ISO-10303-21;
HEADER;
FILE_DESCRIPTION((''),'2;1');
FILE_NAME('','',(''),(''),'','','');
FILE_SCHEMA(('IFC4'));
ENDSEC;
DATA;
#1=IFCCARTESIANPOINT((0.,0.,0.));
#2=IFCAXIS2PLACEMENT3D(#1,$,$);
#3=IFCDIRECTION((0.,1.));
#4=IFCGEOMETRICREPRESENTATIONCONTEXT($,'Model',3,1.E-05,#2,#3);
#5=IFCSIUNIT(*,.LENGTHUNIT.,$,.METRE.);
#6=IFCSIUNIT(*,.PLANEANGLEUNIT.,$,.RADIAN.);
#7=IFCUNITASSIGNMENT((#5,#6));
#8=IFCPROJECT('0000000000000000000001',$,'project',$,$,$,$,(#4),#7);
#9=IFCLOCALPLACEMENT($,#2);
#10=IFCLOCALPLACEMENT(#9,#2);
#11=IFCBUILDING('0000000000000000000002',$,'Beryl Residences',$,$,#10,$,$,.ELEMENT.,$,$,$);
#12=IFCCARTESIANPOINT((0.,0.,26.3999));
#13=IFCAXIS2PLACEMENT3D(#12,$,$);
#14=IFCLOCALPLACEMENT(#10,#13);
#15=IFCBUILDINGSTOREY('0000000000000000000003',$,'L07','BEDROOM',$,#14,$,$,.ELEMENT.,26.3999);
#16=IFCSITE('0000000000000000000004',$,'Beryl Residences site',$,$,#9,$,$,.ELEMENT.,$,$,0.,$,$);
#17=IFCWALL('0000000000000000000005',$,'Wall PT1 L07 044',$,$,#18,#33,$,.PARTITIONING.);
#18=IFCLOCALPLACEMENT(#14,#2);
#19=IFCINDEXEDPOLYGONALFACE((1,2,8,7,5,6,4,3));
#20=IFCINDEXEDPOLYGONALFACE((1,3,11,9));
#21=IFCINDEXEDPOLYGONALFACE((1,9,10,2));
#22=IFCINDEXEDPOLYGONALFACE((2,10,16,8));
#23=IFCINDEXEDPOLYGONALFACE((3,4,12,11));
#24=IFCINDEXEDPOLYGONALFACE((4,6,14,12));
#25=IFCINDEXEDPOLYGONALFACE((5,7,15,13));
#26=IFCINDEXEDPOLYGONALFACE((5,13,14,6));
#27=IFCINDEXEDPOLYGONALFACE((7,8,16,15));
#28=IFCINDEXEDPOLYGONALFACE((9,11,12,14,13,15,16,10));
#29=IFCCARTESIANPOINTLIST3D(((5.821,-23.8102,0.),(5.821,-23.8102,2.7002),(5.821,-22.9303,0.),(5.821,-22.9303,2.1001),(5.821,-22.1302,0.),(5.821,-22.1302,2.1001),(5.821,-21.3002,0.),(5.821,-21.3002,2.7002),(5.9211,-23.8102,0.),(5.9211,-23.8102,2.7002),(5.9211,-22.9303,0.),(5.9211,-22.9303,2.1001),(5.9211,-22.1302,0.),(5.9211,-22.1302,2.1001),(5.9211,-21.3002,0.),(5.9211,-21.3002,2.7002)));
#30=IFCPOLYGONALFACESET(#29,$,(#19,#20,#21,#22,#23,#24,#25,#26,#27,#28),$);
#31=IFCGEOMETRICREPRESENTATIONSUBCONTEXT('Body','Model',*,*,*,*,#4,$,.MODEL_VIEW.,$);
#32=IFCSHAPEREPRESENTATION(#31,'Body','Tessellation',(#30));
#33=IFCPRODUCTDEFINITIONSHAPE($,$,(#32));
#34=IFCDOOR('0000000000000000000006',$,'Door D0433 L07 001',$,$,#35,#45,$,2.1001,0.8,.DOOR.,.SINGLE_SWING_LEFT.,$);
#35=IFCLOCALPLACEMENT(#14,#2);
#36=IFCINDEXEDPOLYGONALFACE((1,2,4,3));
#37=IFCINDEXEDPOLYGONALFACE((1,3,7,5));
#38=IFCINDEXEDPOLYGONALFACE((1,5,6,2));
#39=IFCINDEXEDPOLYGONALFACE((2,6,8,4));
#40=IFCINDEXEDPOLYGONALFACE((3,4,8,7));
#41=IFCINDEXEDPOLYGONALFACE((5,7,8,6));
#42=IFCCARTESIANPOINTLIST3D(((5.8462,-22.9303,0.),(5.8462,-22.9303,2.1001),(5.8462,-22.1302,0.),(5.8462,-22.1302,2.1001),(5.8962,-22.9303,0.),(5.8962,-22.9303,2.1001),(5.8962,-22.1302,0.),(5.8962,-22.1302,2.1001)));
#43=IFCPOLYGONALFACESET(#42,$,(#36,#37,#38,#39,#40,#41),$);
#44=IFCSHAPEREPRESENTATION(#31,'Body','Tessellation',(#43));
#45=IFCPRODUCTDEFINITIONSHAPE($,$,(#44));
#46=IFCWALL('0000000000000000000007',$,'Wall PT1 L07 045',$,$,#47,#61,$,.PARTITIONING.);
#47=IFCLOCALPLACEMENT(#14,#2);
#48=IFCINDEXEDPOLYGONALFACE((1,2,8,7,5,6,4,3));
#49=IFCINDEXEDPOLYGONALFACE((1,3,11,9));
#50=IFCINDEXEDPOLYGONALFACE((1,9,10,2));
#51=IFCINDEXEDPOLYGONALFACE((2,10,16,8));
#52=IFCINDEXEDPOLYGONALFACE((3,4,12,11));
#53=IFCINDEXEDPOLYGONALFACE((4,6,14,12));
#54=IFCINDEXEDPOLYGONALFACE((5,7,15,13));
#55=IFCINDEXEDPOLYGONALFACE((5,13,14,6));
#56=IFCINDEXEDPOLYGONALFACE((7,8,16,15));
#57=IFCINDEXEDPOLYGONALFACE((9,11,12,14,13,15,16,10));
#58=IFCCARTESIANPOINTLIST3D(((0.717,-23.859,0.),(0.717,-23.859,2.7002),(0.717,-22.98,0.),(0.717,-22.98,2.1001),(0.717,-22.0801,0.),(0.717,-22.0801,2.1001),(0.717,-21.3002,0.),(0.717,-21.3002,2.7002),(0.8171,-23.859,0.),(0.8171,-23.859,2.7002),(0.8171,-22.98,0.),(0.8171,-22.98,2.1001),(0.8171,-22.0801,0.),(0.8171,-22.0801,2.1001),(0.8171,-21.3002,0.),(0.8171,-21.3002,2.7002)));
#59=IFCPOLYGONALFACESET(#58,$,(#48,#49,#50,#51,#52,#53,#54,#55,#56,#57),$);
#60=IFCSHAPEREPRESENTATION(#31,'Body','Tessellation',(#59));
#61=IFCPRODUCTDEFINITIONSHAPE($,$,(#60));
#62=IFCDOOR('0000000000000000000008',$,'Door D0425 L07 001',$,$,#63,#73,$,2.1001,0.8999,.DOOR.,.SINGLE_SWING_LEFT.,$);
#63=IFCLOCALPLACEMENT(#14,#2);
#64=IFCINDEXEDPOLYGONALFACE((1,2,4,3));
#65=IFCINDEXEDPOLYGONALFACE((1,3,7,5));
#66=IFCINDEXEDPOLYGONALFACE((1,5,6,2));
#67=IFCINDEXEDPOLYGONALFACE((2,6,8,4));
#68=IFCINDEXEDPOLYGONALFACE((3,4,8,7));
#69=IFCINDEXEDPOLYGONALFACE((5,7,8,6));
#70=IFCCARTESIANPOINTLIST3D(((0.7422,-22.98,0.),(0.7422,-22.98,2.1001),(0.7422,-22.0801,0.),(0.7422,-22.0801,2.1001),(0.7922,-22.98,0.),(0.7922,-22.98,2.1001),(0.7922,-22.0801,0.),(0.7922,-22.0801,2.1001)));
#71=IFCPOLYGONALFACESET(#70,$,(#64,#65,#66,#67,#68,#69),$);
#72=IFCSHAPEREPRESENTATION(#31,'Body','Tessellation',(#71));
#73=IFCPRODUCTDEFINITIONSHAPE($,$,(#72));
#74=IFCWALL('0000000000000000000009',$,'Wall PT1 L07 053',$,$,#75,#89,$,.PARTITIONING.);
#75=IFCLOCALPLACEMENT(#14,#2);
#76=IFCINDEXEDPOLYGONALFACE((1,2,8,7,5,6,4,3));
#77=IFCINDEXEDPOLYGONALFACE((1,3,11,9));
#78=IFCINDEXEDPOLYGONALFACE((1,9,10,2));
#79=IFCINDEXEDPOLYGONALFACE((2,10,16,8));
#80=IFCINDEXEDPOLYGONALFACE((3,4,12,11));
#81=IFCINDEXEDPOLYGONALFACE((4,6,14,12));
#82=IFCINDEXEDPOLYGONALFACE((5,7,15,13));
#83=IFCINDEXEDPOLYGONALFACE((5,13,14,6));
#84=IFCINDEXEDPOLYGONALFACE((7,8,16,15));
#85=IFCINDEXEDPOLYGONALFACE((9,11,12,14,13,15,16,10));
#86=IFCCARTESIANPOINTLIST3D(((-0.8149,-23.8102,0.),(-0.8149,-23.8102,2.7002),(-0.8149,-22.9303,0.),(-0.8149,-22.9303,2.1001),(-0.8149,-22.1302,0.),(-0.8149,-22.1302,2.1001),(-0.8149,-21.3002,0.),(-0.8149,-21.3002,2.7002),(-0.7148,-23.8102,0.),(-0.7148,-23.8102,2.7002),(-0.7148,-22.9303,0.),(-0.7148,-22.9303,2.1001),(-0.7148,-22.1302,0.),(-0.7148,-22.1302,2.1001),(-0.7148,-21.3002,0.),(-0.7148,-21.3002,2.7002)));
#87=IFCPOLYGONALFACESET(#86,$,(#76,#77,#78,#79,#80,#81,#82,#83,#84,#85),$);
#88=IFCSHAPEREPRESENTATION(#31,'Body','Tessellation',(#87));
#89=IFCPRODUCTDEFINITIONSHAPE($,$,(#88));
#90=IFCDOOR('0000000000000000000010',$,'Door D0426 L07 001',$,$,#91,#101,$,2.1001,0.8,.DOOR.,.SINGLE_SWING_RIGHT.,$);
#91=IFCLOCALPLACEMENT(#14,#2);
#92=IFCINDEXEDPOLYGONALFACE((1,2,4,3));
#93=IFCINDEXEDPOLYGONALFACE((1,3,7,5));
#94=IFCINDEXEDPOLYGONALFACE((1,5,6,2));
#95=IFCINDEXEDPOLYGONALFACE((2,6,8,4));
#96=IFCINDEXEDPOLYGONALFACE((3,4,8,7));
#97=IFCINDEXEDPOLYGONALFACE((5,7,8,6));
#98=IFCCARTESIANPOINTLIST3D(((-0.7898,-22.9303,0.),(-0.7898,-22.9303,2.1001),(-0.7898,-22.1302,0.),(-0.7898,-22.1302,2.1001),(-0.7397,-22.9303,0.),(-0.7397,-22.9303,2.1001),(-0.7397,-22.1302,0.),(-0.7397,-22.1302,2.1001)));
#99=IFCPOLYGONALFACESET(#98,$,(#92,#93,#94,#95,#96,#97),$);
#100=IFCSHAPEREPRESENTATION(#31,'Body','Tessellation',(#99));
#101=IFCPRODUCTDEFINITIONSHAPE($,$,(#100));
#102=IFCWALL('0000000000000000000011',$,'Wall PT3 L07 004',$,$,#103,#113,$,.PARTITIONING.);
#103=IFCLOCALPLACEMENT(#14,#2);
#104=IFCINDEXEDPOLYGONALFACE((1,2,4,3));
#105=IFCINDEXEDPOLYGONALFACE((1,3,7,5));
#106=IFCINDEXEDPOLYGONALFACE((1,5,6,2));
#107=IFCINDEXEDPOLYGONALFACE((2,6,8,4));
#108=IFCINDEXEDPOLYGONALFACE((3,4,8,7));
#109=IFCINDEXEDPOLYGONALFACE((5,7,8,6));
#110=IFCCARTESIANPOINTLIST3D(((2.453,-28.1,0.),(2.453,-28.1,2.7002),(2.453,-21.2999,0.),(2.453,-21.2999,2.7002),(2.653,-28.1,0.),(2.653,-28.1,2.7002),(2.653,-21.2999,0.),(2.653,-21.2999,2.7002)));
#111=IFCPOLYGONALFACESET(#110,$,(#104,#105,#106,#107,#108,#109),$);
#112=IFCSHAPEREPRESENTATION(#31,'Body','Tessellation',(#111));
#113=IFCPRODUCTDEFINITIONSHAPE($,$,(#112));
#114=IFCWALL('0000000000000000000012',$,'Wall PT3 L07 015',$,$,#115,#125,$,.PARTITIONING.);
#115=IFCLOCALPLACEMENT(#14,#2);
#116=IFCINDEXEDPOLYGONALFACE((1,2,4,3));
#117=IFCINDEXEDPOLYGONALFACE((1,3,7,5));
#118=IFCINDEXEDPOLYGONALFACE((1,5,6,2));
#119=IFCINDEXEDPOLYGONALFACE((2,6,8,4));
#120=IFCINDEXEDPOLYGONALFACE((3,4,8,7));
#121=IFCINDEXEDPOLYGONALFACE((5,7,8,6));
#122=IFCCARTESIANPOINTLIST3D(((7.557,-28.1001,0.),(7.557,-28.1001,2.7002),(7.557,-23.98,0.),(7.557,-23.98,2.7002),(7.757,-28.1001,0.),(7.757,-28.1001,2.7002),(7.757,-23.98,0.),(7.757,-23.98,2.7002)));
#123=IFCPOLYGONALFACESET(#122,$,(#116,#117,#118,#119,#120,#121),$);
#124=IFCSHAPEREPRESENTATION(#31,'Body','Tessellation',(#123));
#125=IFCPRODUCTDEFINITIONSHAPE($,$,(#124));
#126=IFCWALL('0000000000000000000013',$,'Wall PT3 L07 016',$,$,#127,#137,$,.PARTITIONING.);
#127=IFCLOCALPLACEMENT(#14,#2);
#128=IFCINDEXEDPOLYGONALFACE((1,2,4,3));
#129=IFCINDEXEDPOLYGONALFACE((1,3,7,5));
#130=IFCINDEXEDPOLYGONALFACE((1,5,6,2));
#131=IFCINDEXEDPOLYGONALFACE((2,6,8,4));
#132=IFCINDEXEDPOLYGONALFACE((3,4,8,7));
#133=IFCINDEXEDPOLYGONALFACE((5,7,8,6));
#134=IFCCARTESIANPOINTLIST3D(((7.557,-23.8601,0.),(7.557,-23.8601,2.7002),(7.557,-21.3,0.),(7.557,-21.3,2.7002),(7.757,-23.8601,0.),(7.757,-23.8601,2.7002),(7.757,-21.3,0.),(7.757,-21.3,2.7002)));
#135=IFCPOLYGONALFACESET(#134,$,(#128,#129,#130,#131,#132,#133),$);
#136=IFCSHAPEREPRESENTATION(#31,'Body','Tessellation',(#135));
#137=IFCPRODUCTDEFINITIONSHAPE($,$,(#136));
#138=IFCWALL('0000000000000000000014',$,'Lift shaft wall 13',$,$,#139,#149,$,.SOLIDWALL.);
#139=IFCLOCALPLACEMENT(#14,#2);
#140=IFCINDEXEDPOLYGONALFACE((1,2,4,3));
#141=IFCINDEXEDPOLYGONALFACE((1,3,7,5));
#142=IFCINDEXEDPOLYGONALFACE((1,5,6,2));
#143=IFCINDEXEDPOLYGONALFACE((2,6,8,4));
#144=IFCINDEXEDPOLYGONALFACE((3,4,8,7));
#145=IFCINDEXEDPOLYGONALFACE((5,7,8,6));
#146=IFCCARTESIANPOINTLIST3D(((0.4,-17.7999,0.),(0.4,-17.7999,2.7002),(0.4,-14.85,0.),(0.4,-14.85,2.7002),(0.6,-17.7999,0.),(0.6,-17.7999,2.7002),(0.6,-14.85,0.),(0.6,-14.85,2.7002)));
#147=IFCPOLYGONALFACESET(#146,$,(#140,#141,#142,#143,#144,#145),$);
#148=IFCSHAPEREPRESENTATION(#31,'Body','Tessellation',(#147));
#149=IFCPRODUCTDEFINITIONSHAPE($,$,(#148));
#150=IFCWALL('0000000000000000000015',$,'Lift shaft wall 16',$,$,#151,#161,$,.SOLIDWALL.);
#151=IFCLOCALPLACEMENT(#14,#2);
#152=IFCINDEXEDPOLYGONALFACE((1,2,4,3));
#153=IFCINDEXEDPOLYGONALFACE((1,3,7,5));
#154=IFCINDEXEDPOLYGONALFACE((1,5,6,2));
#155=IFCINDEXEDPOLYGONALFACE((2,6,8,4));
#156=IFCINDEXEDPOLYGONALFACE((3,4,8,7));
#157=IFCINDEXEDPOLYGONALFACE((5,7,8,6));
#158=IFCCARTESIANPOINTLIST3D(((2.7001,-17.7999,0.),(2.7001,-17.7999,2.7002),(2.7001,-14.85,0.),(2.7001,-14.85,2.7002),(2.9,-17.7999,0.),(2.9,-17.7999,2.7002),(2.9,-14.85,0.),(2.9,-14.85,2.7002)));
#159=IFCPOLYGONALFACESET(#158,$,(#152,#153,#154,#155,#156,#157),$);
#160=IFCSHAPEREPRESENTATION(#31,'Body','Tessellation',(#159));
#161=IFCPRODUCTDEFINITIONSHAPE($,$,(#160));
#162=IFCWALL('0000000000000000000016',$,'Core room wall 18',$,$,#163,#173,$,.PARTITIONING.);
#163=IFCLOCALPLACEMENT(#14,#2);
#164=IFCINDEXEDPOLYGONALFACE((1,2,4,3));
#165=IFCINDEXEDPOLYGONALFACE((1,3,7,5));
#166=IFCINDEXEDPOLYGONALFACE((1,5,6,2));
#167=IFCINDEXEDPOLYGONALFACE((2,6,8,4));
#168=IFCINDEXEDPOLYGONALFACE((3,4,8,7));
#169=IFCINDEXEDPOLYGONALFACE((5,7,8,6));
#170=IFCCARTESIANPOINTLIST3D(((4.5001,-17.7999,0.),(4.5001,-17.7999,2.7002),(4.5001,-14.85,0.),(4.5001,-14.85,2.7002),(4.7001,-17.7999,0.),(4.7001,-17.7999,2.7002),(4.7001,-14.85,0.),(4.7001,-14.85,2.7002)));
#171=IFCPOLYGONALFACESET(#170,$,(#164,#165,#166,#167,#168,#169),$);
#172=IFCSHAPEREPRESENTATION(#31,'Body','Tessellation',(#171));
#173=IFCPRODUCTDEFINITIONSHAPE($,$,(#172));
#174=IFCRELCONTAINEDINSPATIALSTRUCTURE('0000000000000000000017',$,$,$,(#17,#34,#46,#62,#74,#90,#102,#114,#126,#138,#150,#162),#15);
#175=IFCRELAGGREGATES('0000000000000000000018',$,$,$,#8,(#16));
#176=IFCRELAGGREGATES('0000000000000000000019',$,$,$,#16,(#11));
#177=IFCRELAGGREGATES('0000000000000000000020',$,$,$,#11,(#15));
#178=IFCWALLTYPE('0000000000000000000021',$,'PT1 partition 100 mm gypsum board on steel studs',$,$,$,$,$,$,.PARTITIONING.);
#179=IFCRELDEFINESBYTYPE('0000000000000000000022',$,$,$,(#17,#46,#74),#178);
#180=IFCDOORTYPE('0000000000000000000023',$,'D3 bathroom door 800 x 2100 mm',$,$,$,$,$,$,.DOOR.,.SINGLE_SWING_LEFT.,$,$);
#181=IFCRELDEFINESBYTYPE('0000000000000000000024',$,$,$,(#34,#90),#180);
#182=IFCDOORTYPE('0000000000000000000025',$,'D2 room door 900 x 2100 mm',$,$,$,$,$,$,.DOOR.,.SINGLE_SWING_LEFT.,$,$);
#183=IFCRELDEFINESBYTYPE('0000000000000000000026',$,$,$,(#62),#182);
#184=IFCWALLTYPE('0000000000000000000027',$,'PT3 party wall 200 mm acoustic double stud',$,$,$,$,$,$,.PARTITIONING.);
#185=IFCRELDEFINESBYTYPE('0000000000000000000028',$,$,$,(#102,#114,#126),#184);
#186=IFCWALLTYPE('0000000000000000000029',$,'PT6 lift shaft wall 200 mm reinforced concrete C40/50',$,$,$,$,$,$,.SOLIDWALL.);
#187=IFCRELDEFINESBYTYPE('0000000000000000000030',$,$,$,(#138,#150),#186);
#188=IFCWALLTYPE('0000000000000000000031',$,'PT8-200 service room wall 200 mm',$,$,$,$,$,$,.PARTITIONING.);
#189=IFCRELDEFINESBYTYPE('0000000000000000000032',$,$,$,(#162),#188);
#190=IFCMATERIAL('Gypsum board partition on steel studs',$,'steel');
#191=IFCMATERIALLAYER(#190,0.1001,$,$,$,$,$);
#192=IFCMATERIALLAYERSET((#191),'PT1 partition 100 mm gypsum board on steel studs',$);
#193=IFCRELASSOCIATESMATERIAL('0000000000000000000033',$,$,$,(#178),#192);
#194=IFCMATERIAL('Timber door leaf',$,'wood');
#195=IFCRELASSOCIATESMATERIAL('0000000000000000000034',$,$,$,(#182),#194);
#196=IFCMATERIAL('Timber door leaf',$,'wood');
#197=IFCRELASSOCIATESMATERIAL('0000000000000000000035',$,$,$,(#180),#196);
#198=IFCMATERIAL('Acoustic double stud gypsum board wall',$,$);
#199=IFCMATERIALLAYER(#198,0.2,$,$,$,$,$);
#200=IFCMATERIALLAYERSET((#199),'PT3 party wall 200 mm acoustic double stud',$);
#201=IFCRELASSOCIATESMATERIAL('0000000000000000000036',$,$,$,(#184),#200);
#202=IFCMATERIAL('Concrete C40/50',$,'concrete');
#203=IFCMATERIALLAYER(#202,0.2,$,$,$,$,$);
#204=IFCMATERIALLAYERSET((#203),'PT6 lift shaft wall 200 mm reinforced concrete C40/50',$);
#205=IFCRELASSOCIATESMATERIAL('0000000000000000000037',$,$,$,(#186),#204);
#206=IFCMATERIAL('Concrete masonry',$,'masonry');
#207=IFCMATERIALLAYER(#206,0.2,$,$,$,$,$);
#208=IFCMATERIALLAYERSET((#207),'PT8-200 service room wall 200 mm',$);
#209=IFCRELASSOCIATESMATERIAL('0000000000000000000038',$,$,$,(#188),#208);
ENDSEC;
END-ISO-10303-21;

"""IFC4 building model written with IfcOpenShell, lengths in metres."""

from ifc_helpers import new_model, si_unit, direction, frame, frame_2d, origin, place, context, subcontext, project, spatial, rectangle, extrude, material, layer, layer_set, type_object, element, fill, save


model = new_model("IFC4")

# Units and contexts
model_context = context("Model", 3, precision=1e-05, world=origin(), true_north=direction((0.0, 1.0)))
body_context = subcontext(model_context, "Body", "Model", "MODEL_VIEW")
ifc_project = project(units=[si_unit("LENGTHUNIT", "METRE"), si_unit("PLANEANGLEUNIT", "RADIAN")], contexts=[model_context])

# Site, building, storey
site_placement = place(None, origin())
site = spatial("IfcSite", under=ifc_project, at=site_placement, Name="Beryl Residences site", CompositionType="ELEMENT", RefElevation=0.0)
building_placement = place(site_placement, origin())
building = spatial("IfcBuilding", under=site, at=building_placement, Name="Beryl Residences", CompositionType="ELEMENT")
storey_placement = place(building_placement, frame((0.0, 0.0, 26.3999)))
storey = spatial("IfcBuildingStorey", under=building, at=storey_placement, Name="L07", Description="BEDROOM", CompositionType="ELEMENT", Elevation=26.3999)

# Shared definitions
ifc_material_1 = material(Name="Gypsum board partition on steel studs", Category="steel")
ifc_layer_1 = layer(ifc_material_1, 0.1001)
ifc_layer_set_1 = layer_set([ifc_layer_1], Name="PT1 partition 100 mm gypsum board on steel studs")
wall_type_1 = type_object("IfcWallType", Name="PT1 partition 100 mm gypsum board on steel studs", PredefinedType="PARTITIONING", material=ifc_layer_set_1)
ifc_material_2 = material(Name="Timber door leaf", Category="wood")
door_type_1 = type_object("IfcDoorType", Name="D2 room door 900 x 2100 mm", OperationType="SINGLE_SWING_LEFT", PredefinedType="DOOR", material=ifc_material_2)

# Walls, openings, doors
wall_1_placement = place(storey_placement, frame((5.8711, -23.8101, 0.0), z_axis=(0.0, 0.0, 1.0), x_axis=(0.0, 1.0, 0.0)))
wall_1 = element("IfcWall", 1, at=wall_1_placement, inside=storey, type_object=wall_type_1, Name="Wall PT1 L07 044", PredefinedType="PARTITIONING", context=body_context, shape_type="SweptSolid", body=[
    extrude(rectangle(XDim=2.51, YDim=0.1001, at=frame_2d((1.2549, 0.0))), origin(), (0.0, 0.0, 1.0), 2.7002),
])
opening_1_placement = place(wall_1_placement, frame((0.8799, 0.0, 0.0)))
opening_1 = element("IfcOpeningElement", 2, at=opening_1_placement, cuts=wall_1, PredefinedType="OPENING", context=body_context, shape_type="SweptSolid", body=[
    extrude(rectangle(XDim=0.8, YDim=2.1001, at=frame_2d((0.3999, 1.05))), frame((0.0, 0.0601, 0.0), z_axis=(0.0, -1.0, 0.0), x_axis=(1.0, 0.0, 0.0)), (0.0, 0.0, 1.0), 0.1201),
])
ifc_material_3 = material(Name="Timber door leaf", Category="wood")
door_type_2 = type_object("IfcDoorType", Name="D3 bathroom door 800 x 2100 mm", OperationType="SINGLE_SWING_LEFT", PredefinedType="DOOR", material=ifc_material_3)
door_1_placement = place(opening_1_placement, origin())
door_1 = element("IfcDoor", 3, at=door_1_placement, inside=storey, type_object=door_type_2, Name="Door D0433 L07 001", OperationType="SINGLE_SWING_LEFT", OverallHeight=2.1001, OverallWidth=0.8, PredefinedType="DOOR", context=body_context, shape_type="SweptSolid", body=[
    extrude(rectangle(XDim=0.8, YDim=2.1001, at=frame_2d((0.3999, 1.05))), frame((0.0, 0.0249, 0.0), z_axis=(0.0, -1.0, 0.0), x_axis=(1.0, 0.0, 0.0)), (0.0, 0.0, 1.0), 0.05),
])
fill(opening_1, door_1)
wall_2_placement = place(storey_placement, frame((0.7671, -23.8589, 0.0), z_axis=(0.0, 0.0, 1.0), x_axis=(0.0, 1.0, 0.0)))
wall_2 = element("IfcWall", 4, at=wall_2_placement, inside=storey, type_object=wall_type_1, Name="Wall PT1 L07 045", PredefinedType="PARTITIONING", context=body_context, shape_type="SweptSolid", body=[
    extrude(rectangle(XDim=2.5588, YDim=0.1001, at=frame_2d((1.2793, 0.0))), origin(), (0.0, 0.0, 1.0), 2.7002),
])
opening_2_placement = place(wall_2_placement, frame((0.8789, 0.0, 0.0)))
opening_2 = element("IfcOpeningElement", 5, at=opening_2_placement, cuts=wall_2, PredefinedType="OPENING", context=body_context, shape_type="SweptSolid", body=[
    extrude(rectangle(XDim=0.8999, YDim=2.1001, at=frame_2d((0.45, 1.05))), frame((0.0, 0.0601, 0.0), z_axis=(0.0, -1.0, 0.0), x_axis=(1.0, 0.0, 0.0)), (0.0, 0.0, 1.0), 0.1201),
])
door_2_placement = place(opening_2_placement, origin())
door_2 = element("IfcDoor", 6, at=door_2_placement, inside=storey, type_object=door_type_1, Name="Door D0425 L07 001", OperationType="SINGLE_SWING_LEFT", OverallHeight=2.1001, OverallWidth=0.8999, PredefinedType="DOOR", context=body_context, shape_type="SweptSolid", body=[
    extrude(rectangle(XDim=0.8999, YDim=2.1001, at=frame_2d((0.45, 1.05))), frame((0.0, 0.0249, 0.0), z_axis=(0.0, -1.0, 0.0), x_axis=(1.0, 0.0, 0.0)), (0.0, 0.0, 1.0), 0.05),
])
fill(opening_2, door_2)
wall_3_placement = place(storey_placement, frame((-0.7649, -23.8101, 0.0), z_axis=(0.0, 0.0, 1.0), x_axis=(0.0, 1.0, 0.0)))
wall_3 = element("IfcWall", 7, at=wall_3_placement, inside=storey, type_object=wall_type_1, Name="Wall PT1 L07 053", PredefinedType="PARTITIONING", context=body_context, shape_type="SweptSolid", body=[
    extrude(rectangle(XDim=2.51, YDim=0.1001, at=frame_2d((1.2549, 0.0))), origin(), (0.0, 0.0, 1.0), 2.7002),
])
opening_3_placement = place(wall_3_placement, frame((0.8799, 0.0, 0.0)))
opening_3 = element("IfcOpeningElement", 8, at=opening_3_placement, cuts=wall_3, PredefinedType="OPENING", context=body_context, shape_type="SweptSolid", body=[
    extrude(rectangle(XDim=0.8, YDim=2.1001, at=frame_2d((0.3999, 1.05))), frame((0.0, 0.0601, 0.0), z_axis=(0.0, -1.0, 0.0), x_axis=(1.0, 0.0, 0.0)), (0.0, 0.0, 1.0), 0.1201),
])
door_3_placement = place(opening_3_placement, origin())
door_3 = element("IfcDoor", 9, at=door_3_placement, inside=storey, type_object=door_type_2, Name="Door D0426 L07 001", OperationType="SINGLE_SWING_RIGHT", OverallHeight=2.1001, OverallWidth=0.8, PredefinedType="DOOR", context=body_context, shape_type="SweptSolid", body=[
    extrude(rectangle(XDim=0.8, YDim=2.1001, at=frame_2d((0.3999, 1.05))), frame((0.0, 0.0249, 0.0), z_axis=(0.0, -1.0, 0.0), x_axis=(1.0, 0.0, 0.0)), (0.0, 0.0, 1.0), 0.05),
])
fill(opening_3, door_3)

# Walls
ifc_material_4 = material(Name="Acoustic double stud gypsum board wall")
ifc_layer_2 = layer(ifc_material_4, 0.2)
ifc_layer_set_2 = layer_set([ifc_layer_2], Name="PT3 party wall 200 mm acoustic double stud")
wall_type_2 = type_object("IfcWallType", Name="PT3 party wall 200 mm acoustic double stud", PredefinedType="PARTITIONING", material=ifc_layer_set_2)
wall_4_placement = place(storey_placement, frame((2.553, -21.3, 0.0), z_axis=(0.0, 0.0, 1.0), x_axis=(0.0, -1.0, 0.0)))
element("IfcWall", 10, at=wall_4_placement, inside=storey, type_object=wall_type_2, Name="Wall PT3 L07 004", PredefinedType="PARTITIONING", context=body_context, shape_type="SweptSolid", body=[
    extrude(rectangle(XDim=6.8, YDim=0.2, at=frame_2d((3.3999, 0.0))), origin(), (0.0, 0.0, 1.0), 2.7002),
])
wall_5_placement = place(storey_placement, frame((7.657, -28.1001, 0.0), z_axis=(0.0, 0.0, 1.0), x_axis=(0.0, 1.0, 0.0)))
element("IfcWall", 11, at=wall_5_placement, inside=storey, type_object=wall_type_2, Name="Wall PT3 L07 015", PredefinedType="PARTITIONING", context=body_context, shape_type="SweptSolid", body=[
    extrude(rectangle(XDim=4.1201, YDim=0.2, at=frame_2d((2.0601, 0.0))), origin(), (0.0, 0.0, 1.0), 2.7002),
])
wall_6_placement = place(storey_placement, frame((7.657, -23.8601, 0.0), z_axis=(0.0, 0.0, 1.0), x_axis=(0.0, 1.0, 0.0)))
element("IfcWall", 12, at=wall_6_placement, inside=storey, type_object=wall_type_2, Name="Wall PT3 L07 016", PredefinedType="PARTITIONING", context=body_context, shape_type="SweptSolid", body=[
    extrude(rectangle(XDim=2.5601, YDim=0.2, at=frame_2d((1.28, 0.0))), origin(), (0.0, 0.0, 1.0), 2.7002),
])
ifc_material_5 = material(Name="Concrete C40/50", Category="concrete")
ifc_layer_3 = layer(ifc_material_5, 0.2)
ifc_layer_set_3 = layer_set([ifc_layer_3], Name="PT6 lift shaft wall 200 mm reinforced concrete C40/50")
wall_type_3 = type_object("IfcWallType", Name="PT6 lift shaft wall 200 mm reinforced concrete C40/50", PredefinedType="SOLIDWALL", material=ifc_layer_set_3)
for number, where, z_axis, x_axis, name in (
    (13, (0.5, -17.8, 0.0), (0.0, 0.0, 1.0), (0.0, 1.0, 0.0), "Lift shaft wall 13"),
    (14, (2.8, -17.8, 0.0), (0.0, 0.0, 1.0), (0.0, 1.0, 0.0), "Lift shaft wall 16"),
):
    element("IfcWall", number, at=place(storey_placement, frame(where, z_axis=z_axis, x_axis=x_axis)), inside=storey, type_object=wall_type_3, Name=name, PredefinedType="SOLIDWALL", context=body_context, shape_type="SweptSolid", body=[
        extrude(rectangle(XDim=2.95, YDim=0.2, at=frame_2d((1.4751, 0.0))), origin(), (0.0, 0.0, 1.0), 2.7002),
    ])
ifc_material_6 = material(Name="Concrete masonry", Category="masonry")
ifc_layer_4 = layer(ifc_material_6, 0.2)
ifc_layer_set_4 = layer_set([ifc_layer_4], Name="PT8-200 service room wall 200 mm")
wall_type_4 = type_object("IfcWallType", Name="PT8-200 service room wall 200 mm", PredefinedType="PARTITIONING", material=ifc_layer_set_4)
wall_7_placement = place(storey_placement, frame((4.6001, -17.8, 0.0), z_axis=(0.0, 0.0, 1.0), x_axis=(0.0, 1.0, 0.0)))
element("IfcWall", 15, at=wall_7_placement, inside=storey, type_object=wall_type_4, Name="Core room wall 18", PredefinedType="PARTITIONING", context=body_context, shape_type="SweptSolid", body=[
    extrude(rectangle(XDim=2.95, YDim=0.2, at=frame_2d((1.4751, 0.0))), origin(), (0.0, 0.0, 1.0), 2.7002),
])

save(model, "model.ifc")
